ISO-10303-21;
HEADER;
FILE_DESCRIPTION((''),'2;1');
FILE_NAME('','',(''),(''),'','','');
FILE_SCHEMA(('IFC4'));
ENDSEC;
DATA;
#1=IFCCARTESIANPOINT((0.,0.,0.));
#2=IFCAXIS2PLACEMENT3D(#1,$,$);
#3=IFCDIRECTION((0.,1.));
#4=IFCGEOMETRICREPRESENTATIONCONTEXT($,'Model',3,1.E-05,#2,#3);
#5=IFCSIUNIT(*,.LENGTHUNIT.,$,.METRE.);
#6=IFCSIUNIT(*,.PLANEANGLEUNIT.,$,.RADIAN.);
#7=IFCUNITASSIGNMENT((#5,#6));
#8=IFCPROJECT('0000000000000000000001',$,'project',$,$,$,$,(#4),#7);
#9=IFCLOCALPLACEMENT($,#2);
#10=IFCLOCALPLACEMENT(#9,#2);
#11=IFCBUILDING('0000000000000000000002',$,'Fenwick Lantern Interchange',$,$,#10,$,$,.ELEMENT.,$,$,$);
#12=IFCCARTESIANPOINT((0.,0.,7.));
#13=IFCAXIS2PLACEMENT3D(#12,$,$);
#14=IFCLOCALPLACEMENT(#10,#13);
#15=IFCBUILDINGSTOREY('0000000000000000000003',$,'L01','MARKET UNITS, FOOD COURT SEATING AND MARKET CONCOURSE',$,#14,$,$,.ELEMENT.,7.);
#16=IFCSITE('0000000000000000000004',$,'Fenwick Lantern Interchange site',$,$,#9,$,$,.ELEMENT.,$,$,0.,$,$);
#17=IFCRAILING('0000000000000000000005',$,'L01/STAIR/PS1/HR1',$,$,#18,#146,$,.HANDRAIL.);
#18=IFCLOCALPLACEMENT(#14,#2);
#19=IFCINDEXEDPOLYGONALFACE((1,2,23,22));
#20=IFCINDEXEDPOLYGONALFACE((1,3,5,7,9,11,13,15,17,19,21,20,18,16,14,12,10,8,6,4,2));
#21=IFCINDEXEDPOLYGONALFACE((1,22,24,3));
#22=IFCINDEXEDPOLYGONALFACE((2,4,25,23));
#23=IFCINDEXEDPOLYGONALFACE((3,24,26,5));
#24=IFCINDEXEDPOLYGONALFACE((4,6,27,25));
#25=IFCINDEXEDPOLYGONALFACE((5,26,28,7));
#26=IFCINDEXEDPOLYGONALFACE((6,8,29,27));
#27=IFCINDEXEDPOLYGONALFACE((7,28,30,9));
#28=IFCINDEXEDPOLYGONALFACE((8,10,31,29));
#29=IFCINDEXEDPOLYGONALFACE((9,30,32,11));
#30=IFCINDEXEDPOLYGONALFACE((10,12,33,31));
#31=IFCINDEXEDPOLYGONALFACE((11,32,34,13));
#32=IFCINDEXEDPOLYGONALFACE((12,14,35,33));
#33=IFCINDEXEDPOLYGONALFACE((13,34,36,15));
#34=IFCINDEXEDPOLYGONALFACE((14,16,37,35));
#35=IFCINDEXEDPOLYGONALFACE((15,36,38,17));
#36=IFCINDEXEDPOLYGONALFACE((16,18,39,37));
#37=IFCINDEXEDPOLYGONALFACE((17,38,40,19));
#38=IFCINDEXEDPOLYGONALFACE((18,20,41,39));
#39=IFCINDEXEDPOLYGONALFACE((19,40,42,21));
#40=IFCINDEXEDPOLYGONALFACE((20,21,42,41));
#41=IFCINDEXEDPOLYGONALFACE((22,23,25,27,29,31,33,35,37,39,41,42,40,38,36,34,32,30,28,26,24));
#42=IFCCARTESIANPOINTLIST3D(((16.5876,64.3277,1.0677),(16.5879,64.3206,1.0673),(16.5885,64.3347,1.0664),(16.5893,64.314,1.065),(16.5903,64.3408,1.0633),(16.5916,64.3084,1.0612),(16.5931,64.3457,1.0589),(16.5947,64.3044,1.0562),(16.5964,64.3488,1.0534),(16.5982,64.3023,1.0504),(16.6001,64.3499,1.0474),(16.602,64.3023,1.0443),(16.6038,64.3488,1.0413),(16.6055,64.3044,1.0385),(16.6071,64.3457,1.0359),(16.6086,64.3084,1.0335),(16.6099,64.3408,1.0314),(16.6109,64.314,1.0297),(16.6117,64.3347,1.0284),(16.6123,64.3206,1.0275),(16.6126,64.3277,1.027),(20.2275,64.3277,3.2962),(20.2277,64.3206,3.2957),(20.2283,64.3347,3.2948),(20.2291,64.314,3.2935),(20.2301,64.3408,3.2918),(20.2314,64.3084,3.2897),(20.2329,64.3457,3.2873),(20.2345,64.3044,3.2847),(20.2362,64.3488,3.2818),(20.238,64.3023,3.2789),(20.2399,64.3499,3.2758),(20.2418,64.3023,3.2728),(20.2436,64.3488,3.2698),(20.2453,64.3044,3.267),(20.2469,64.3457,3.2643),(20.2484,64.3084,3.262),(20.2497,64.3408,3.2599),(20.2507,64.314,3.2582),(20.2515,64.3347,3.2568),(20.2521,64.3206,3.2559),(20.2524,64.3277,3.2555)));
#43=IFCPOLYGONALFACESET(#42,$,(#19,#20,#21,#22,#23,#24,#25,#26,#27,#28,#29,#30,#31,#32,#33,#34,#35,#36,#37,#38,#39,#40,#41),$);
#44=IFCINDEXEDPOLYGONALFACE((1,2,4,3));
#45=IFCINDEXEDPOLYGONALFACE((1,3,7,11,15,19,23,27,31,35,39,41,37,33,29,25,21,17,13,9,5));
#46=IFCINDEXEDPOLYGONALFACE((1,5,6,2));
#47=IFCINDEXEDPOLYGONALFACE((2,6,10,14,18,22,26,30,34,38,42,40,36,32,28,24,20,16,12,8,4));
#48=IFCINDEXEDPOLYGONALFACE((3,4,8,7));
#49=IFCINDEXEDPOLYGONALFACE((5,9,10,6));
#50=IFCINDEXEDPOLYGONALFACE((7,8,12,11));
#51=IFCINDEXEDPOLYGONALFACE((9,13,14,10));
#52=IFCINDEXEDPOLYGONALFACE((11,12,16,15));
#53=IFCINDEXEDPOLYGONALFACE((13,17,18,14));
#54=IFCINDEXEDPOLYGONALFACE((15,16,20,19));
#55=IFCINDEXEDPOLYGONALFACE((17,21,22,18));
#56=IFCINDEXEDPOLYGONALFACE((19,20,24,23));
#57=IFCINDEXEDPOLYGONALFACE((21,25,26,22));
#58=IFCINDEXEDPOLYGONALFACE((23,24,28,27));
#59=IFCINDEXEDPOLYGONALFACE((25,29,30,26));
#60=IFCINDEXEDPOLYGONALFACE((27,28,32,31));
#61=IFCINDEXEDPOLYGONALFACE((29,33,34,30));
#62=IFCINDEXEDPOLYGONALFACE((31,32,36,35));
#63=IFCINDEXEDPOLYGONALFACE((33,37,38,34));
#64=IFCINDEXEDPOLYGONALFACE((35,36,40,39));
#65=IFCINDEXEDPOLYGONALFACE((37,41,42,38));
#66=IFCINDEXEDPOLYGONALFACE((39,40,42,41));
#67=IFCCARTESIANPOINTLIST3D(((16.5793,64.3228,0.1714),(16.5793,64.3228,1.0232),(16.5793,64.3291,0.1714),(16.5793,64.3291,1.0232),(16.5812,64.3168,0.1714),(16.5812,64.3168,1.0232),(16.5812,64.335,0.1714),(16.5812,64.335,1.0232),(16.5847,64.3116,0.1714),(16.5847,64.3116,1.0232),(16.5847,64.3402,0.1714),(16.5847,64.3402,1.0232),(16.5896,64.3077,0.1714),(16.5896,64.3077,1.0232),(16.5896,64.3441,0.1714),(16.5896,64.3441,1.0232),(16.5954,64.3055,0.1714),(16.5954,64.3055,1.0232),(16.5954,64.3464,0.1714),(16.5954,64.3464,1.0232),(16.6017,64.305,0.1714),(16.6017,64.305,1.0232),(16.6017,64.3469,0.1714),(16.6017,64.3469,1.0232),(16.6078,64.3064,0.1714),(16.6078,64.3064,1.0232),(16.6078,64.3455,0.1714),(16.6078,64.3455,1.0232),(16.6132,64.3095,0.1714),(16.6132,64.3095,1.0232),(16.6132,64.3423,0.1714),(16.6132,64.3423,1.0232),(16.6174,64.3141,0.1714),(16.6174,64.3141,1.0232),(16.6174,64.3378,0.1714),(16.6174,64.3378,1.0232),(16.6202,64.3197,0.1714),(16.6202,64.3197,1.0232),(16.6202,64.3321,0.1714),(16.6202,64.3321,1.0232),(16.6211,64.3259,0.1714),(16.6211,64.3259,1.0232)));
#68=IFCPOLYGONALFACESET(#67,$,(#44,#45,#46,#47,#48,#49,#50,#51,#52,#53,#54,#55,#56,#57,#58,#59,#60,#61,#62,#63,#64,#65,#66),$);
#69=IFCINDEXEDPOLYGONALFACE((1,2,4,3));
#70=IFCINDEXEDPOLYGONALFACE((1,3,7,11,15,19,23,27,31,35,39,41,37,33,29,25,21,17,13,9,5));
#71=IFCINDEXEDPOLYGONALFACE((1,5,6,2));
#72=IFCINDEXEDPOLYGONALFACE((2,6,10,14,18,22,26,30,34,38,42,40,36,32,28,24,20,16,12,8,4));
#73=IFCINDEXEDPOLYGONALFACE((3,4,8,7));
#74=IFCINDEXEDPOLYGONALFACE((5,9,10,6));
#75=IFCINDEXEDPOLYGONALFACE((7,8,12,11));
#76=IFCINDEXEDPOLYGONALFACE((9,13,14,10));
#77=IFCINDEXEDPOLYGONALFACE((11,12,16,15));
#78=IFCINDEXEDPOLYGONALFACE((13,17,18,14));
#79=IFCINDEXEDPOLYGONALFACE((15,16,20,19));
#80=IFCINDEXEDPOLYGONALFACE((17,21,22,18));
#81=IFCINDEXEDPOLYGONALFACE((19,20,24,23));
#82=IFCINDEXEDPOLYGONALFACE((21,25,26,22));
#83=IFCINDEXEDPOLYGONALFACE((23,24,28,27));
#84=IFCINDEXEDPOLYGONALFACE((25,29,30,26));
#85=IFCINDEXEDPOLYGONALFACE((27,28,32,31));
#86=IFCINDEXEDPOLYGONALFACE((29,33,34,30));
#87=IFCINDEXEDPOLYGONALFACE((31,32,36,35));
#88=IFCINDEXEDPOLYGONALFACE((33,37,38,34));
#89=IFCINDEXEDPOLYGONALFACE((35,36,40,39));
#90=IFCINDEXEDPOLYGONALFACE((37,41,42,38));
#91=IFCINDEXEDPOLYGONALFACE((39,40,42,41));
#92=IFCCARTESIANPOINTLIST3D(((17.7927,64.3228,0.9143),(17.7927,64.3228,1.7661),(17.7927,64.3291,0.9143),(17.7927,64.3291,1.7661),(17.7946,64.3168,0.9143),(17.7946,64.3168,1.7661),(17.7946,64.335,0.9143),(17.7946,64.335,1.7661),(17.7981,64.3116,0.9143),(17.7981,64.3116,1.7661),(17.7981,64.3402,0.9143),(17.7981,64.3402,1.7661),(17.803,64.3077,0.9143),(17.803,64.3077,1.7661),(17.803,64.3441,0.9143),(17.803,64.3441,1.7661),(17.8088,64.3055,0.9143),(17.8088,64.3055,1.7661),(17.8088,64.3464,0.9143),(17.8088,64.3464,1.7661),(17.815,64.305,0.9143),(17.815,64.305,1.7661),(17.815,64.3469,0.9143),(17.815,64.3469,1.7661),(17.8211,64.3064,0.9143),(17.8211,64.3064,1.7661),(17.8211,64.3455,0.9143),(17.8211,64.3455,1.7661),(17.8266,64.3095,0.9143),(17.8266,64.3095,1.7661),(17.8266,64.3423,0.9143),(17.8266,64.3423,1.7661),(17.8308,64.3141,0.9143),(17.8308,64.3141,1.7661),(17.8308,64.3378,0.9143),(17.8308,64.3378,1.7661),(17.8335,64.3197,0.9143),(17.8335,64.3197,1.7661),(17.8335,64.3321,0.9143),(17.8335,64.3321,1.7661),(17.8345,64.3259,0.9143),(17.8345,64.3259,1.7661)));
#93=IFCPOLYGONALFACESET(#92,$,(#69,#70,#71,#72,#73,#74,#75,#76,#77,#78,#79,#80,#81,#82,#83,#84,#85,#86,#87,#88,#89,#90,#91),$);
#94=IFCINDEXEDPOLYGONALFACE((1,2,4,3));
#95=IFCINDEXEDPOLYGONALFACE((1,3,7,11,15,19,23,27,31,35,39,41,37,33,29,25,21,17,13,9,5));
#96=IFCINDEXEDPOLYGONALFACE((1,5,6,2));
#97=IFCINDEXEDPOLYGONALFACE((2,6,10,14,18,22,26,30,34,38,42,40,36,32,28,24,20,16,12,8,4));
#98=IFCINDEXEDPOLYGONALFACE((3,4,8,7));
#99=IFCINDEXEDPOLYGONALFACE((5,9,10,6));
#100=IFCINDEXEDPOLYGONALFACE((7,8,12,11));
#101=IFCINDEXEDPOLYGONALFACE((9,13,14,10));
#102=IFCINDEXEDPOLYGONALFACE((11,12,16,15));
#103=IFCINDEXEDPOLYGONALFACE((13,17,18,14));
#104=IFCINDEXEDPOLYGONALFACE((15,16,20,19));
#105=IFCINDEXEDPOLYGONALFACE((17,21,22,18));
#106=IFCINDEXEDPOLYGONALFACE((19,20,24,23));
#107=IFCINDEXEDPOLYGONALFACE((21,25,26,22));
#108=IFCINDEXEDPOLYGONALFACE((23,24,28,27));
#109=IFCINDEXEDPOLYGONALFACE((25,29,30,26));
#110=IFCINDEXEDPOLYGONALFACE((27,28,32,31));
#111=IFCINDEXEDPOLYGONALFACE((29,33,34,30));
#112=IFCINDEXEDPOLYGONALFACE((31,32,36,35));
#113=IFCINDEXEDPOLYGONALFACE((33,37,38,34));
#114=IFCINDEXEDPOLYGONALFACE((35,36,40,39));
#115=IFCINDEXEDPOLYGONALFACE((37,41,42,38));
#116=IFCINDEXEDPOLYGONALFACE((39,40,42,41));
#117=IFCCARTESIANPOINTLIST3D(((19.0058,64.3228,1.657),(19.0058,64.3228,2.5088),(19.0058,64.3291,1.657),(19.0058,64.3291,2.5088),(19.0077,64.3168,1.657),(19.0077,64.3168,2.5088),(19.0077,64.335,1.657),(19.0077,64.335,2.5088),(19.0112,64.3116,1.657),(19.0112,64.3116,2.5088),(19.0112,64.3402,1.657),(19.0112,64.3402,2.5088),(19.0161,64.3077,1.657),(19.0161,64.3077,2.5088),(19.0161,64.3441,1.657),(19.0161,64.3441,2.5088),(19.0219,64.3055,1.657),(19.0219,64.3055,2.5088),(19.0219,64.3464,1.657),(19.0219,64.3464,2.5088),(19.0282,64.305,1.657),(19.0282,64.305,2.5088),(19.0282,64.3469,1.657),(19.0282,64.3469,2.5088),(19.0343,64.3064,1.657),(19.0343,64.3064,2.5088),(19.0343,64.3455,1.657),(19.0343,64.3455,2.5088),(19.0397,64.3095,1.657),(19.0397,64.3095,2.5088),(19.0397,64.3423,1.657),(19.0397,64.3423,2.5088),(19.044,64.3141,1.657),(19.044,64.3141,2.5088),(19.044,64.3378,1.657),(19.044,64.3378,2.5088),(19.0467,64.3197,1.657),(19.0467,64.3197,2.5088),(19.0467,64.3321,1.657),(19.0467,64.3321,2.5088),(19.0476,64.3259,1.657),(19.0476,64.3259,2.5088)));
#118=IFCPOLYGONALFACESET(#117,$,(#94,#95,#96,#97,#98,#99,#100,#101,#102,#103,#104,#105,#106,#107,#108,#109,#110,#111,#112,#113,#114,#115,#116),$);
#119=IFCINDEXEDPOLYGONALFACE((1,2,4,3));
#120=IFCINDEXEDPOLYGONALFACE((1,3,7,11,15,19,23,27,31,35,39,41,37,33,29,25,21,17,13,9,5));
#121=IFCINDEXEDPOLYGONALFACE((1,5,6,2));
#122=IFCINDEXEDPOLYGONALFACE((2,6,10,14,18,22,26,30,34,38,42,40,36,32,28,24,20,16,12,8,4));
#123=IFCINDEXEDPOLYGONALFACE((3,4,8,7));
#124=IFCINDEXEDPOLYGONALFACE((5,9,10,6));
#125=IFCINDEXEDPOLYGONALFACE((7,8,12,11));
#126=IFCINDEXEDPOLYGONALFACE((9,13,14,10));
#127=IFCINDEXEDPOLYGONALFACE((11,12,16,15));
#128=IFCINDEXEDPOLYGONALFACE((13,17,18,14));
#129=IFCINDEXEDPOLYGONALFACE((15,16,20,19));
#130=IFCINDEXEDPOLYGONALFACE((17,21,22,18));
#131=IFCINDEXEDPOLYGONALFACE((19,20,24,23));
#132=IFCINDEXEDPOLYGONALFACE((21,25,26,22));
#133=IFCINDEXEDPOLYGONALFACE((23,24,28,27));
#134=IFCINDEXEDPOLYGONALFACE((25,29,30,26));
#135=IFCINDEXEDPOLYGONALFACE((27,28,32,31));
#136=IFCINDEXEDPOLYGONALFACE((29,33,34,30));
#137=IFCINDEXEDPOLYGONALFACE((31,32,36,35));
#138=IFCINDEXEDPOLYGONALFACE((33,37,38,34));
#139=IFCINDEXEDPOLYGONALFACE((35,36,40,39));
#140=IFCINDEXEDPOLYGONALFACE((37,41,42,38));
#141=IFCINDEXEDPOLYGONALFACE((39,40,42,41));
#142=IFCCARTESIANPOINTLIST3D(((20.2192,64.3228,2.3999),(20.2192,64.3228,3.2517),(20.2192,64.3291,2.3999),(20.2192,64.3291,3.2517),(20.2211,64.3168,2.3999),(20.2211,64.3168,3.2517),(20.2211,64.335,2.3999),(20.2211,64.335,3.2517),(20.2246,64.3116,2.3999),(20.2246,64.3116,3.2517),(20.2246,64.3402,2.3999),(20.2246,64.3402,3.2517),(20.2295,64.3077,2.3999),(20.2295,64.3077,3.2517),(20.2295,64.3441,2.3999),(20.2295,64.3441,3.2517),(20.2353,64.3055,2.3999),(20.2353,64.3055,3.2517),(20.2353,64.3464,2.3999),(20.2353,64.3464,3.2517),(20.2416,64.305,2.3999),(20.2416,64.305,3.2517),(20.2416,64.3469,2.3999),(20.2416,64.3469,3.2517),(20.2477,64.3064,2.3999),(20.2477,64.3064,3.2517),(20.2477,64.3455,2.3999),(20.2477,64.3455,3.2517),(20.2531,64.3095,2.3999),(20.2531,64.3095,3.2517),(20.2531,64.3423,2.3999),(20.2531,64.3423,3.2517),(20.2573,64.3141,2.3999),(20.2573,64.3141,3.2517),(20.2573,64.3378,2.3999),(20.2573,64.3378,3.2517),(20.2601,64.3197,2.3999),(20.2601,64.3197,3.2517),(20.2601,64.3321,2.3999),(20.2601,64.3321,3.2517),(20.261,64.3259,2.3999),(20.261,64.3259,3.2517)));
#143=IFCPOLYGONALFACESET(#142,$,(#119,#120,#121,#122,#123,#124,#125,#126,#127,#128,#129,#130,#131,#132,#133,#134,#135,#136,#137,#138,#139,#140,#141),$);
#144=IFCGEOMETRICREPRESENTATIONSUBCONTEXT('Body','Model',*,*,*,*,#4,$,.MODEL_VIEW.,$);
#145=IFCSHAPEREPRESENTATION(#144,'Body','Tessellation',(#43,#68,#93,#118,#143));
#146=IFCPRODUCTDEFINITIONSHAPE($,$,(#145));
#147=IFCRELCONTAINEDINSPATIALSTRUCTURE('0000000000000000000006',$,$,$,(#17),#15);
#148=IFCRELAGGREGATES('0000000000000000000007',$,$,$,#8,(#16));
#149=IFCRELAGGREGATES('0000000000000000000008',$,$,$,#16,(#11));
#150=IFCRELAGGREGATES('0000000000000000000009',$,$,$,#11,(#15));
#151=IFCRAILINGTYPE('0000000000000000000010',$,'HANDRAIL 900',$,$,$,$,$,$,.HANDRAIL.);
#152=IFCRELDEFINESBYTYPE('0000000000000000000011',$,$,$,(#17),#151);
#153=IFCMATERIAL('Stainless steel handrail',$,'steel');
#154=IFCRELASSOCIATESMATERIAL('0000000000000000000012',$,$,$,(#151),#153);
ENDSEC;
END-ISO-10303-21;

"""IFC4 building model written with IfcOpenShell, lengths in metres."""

from ifc_helpers import new_model, si_unit, direction, frame, origin, origin_2d, place, context, subcontext, project, spatial, circle, extrude, material, type_object, element, save


model = new_model("IFC4")

# Units and contexts
model_context = context("Model", 3, precision=1e-05, world=origin(), true_north=direction((0.0, 1.0)))
body_context = subcontext(model_context, "Body", "Model", "MODEL_VIEW")
ifc_project = project(units=[si_unit("LENGTHUNIT", "METRE"), si_unit("PLANEANGLEUNIT", "RADIAN")], contexts=[model_context])

# Site, building, storey
site_placement = place(None, origin())
site = spatial("IfcSite", under=ifc_project, at=site_placement, Name="Fenwick Lantern Interchange site", CompositionType="ELEMENT", RefElevation=0.0)
building_placement = place(site_placement, origin())
building = spatial("IfcBuilding", under=site, at=building_placement, Name="Fenwick Lantern Interchange", CompositionType="ELEMENT")
storey_placement = place(building_placement, frame((0.0, 0.0, 7.0)))
storey = spatial("IfcBuildingStorey", under=building, at=storey_placement, Name="L01", Description="MARKET UNITS, FOOD COURT SEATING AND MARKET CONCOURSE", CompositionType="ELEMENT", Elevation=7.0)

# Railing
ifc_material_1 = material(Name="Stainless steel handrail", Category="steel")
railing_type = type_object("IfcRailingType", Name="HANDRAIL 900", PredefinedType="HANDRAIL", material=ifc_material_1)
railing_1_placement = place(storey_placement, frame((16.6001, 64.3259, 0.1714)))
element("IfcRailing", 1, at=railing_1_placement, inside=storey, type_object=railing_type, Name="L01/STAIR/PS1/HR1", PredefinedType="HANDRAIL", context=body_context, shape_type="SweptSolid", body=[
    extrude(circle(Radius=0.0239, at=origin_2d()), frame((0.0, 0.0, 0.876), z_axis=(0.85285, 0.0, 0.522156), x_axis=(0.0, 1.0, 0.0)), (0.0, 0.0, 1.0), 4.2678),
    extrude(circle(Radius=0.021, at=origin_2d()), origin(), (0.0, 0.0, 1.0), 0.8518),
    extrude(circle(Radius=0.021, at=origin_2d()), frame((1.2134, 0.0, 0.7429)), (0.0, 0.0, 1.0), 0.8518),
    extrude(circle(Radius=0.021, at=origin_2d()), frame((2.4265, 0.0, 1.4856)), (0.0, 0.0, 1.0), 0.8518),
    extrude(circle(Radius=0.021, at=origin_2d()), frame((3.6399, 0.0, 2.2285)), (0.0, 0.0, 1.0), 0.8518),
])

save(model, "model.ifc")
